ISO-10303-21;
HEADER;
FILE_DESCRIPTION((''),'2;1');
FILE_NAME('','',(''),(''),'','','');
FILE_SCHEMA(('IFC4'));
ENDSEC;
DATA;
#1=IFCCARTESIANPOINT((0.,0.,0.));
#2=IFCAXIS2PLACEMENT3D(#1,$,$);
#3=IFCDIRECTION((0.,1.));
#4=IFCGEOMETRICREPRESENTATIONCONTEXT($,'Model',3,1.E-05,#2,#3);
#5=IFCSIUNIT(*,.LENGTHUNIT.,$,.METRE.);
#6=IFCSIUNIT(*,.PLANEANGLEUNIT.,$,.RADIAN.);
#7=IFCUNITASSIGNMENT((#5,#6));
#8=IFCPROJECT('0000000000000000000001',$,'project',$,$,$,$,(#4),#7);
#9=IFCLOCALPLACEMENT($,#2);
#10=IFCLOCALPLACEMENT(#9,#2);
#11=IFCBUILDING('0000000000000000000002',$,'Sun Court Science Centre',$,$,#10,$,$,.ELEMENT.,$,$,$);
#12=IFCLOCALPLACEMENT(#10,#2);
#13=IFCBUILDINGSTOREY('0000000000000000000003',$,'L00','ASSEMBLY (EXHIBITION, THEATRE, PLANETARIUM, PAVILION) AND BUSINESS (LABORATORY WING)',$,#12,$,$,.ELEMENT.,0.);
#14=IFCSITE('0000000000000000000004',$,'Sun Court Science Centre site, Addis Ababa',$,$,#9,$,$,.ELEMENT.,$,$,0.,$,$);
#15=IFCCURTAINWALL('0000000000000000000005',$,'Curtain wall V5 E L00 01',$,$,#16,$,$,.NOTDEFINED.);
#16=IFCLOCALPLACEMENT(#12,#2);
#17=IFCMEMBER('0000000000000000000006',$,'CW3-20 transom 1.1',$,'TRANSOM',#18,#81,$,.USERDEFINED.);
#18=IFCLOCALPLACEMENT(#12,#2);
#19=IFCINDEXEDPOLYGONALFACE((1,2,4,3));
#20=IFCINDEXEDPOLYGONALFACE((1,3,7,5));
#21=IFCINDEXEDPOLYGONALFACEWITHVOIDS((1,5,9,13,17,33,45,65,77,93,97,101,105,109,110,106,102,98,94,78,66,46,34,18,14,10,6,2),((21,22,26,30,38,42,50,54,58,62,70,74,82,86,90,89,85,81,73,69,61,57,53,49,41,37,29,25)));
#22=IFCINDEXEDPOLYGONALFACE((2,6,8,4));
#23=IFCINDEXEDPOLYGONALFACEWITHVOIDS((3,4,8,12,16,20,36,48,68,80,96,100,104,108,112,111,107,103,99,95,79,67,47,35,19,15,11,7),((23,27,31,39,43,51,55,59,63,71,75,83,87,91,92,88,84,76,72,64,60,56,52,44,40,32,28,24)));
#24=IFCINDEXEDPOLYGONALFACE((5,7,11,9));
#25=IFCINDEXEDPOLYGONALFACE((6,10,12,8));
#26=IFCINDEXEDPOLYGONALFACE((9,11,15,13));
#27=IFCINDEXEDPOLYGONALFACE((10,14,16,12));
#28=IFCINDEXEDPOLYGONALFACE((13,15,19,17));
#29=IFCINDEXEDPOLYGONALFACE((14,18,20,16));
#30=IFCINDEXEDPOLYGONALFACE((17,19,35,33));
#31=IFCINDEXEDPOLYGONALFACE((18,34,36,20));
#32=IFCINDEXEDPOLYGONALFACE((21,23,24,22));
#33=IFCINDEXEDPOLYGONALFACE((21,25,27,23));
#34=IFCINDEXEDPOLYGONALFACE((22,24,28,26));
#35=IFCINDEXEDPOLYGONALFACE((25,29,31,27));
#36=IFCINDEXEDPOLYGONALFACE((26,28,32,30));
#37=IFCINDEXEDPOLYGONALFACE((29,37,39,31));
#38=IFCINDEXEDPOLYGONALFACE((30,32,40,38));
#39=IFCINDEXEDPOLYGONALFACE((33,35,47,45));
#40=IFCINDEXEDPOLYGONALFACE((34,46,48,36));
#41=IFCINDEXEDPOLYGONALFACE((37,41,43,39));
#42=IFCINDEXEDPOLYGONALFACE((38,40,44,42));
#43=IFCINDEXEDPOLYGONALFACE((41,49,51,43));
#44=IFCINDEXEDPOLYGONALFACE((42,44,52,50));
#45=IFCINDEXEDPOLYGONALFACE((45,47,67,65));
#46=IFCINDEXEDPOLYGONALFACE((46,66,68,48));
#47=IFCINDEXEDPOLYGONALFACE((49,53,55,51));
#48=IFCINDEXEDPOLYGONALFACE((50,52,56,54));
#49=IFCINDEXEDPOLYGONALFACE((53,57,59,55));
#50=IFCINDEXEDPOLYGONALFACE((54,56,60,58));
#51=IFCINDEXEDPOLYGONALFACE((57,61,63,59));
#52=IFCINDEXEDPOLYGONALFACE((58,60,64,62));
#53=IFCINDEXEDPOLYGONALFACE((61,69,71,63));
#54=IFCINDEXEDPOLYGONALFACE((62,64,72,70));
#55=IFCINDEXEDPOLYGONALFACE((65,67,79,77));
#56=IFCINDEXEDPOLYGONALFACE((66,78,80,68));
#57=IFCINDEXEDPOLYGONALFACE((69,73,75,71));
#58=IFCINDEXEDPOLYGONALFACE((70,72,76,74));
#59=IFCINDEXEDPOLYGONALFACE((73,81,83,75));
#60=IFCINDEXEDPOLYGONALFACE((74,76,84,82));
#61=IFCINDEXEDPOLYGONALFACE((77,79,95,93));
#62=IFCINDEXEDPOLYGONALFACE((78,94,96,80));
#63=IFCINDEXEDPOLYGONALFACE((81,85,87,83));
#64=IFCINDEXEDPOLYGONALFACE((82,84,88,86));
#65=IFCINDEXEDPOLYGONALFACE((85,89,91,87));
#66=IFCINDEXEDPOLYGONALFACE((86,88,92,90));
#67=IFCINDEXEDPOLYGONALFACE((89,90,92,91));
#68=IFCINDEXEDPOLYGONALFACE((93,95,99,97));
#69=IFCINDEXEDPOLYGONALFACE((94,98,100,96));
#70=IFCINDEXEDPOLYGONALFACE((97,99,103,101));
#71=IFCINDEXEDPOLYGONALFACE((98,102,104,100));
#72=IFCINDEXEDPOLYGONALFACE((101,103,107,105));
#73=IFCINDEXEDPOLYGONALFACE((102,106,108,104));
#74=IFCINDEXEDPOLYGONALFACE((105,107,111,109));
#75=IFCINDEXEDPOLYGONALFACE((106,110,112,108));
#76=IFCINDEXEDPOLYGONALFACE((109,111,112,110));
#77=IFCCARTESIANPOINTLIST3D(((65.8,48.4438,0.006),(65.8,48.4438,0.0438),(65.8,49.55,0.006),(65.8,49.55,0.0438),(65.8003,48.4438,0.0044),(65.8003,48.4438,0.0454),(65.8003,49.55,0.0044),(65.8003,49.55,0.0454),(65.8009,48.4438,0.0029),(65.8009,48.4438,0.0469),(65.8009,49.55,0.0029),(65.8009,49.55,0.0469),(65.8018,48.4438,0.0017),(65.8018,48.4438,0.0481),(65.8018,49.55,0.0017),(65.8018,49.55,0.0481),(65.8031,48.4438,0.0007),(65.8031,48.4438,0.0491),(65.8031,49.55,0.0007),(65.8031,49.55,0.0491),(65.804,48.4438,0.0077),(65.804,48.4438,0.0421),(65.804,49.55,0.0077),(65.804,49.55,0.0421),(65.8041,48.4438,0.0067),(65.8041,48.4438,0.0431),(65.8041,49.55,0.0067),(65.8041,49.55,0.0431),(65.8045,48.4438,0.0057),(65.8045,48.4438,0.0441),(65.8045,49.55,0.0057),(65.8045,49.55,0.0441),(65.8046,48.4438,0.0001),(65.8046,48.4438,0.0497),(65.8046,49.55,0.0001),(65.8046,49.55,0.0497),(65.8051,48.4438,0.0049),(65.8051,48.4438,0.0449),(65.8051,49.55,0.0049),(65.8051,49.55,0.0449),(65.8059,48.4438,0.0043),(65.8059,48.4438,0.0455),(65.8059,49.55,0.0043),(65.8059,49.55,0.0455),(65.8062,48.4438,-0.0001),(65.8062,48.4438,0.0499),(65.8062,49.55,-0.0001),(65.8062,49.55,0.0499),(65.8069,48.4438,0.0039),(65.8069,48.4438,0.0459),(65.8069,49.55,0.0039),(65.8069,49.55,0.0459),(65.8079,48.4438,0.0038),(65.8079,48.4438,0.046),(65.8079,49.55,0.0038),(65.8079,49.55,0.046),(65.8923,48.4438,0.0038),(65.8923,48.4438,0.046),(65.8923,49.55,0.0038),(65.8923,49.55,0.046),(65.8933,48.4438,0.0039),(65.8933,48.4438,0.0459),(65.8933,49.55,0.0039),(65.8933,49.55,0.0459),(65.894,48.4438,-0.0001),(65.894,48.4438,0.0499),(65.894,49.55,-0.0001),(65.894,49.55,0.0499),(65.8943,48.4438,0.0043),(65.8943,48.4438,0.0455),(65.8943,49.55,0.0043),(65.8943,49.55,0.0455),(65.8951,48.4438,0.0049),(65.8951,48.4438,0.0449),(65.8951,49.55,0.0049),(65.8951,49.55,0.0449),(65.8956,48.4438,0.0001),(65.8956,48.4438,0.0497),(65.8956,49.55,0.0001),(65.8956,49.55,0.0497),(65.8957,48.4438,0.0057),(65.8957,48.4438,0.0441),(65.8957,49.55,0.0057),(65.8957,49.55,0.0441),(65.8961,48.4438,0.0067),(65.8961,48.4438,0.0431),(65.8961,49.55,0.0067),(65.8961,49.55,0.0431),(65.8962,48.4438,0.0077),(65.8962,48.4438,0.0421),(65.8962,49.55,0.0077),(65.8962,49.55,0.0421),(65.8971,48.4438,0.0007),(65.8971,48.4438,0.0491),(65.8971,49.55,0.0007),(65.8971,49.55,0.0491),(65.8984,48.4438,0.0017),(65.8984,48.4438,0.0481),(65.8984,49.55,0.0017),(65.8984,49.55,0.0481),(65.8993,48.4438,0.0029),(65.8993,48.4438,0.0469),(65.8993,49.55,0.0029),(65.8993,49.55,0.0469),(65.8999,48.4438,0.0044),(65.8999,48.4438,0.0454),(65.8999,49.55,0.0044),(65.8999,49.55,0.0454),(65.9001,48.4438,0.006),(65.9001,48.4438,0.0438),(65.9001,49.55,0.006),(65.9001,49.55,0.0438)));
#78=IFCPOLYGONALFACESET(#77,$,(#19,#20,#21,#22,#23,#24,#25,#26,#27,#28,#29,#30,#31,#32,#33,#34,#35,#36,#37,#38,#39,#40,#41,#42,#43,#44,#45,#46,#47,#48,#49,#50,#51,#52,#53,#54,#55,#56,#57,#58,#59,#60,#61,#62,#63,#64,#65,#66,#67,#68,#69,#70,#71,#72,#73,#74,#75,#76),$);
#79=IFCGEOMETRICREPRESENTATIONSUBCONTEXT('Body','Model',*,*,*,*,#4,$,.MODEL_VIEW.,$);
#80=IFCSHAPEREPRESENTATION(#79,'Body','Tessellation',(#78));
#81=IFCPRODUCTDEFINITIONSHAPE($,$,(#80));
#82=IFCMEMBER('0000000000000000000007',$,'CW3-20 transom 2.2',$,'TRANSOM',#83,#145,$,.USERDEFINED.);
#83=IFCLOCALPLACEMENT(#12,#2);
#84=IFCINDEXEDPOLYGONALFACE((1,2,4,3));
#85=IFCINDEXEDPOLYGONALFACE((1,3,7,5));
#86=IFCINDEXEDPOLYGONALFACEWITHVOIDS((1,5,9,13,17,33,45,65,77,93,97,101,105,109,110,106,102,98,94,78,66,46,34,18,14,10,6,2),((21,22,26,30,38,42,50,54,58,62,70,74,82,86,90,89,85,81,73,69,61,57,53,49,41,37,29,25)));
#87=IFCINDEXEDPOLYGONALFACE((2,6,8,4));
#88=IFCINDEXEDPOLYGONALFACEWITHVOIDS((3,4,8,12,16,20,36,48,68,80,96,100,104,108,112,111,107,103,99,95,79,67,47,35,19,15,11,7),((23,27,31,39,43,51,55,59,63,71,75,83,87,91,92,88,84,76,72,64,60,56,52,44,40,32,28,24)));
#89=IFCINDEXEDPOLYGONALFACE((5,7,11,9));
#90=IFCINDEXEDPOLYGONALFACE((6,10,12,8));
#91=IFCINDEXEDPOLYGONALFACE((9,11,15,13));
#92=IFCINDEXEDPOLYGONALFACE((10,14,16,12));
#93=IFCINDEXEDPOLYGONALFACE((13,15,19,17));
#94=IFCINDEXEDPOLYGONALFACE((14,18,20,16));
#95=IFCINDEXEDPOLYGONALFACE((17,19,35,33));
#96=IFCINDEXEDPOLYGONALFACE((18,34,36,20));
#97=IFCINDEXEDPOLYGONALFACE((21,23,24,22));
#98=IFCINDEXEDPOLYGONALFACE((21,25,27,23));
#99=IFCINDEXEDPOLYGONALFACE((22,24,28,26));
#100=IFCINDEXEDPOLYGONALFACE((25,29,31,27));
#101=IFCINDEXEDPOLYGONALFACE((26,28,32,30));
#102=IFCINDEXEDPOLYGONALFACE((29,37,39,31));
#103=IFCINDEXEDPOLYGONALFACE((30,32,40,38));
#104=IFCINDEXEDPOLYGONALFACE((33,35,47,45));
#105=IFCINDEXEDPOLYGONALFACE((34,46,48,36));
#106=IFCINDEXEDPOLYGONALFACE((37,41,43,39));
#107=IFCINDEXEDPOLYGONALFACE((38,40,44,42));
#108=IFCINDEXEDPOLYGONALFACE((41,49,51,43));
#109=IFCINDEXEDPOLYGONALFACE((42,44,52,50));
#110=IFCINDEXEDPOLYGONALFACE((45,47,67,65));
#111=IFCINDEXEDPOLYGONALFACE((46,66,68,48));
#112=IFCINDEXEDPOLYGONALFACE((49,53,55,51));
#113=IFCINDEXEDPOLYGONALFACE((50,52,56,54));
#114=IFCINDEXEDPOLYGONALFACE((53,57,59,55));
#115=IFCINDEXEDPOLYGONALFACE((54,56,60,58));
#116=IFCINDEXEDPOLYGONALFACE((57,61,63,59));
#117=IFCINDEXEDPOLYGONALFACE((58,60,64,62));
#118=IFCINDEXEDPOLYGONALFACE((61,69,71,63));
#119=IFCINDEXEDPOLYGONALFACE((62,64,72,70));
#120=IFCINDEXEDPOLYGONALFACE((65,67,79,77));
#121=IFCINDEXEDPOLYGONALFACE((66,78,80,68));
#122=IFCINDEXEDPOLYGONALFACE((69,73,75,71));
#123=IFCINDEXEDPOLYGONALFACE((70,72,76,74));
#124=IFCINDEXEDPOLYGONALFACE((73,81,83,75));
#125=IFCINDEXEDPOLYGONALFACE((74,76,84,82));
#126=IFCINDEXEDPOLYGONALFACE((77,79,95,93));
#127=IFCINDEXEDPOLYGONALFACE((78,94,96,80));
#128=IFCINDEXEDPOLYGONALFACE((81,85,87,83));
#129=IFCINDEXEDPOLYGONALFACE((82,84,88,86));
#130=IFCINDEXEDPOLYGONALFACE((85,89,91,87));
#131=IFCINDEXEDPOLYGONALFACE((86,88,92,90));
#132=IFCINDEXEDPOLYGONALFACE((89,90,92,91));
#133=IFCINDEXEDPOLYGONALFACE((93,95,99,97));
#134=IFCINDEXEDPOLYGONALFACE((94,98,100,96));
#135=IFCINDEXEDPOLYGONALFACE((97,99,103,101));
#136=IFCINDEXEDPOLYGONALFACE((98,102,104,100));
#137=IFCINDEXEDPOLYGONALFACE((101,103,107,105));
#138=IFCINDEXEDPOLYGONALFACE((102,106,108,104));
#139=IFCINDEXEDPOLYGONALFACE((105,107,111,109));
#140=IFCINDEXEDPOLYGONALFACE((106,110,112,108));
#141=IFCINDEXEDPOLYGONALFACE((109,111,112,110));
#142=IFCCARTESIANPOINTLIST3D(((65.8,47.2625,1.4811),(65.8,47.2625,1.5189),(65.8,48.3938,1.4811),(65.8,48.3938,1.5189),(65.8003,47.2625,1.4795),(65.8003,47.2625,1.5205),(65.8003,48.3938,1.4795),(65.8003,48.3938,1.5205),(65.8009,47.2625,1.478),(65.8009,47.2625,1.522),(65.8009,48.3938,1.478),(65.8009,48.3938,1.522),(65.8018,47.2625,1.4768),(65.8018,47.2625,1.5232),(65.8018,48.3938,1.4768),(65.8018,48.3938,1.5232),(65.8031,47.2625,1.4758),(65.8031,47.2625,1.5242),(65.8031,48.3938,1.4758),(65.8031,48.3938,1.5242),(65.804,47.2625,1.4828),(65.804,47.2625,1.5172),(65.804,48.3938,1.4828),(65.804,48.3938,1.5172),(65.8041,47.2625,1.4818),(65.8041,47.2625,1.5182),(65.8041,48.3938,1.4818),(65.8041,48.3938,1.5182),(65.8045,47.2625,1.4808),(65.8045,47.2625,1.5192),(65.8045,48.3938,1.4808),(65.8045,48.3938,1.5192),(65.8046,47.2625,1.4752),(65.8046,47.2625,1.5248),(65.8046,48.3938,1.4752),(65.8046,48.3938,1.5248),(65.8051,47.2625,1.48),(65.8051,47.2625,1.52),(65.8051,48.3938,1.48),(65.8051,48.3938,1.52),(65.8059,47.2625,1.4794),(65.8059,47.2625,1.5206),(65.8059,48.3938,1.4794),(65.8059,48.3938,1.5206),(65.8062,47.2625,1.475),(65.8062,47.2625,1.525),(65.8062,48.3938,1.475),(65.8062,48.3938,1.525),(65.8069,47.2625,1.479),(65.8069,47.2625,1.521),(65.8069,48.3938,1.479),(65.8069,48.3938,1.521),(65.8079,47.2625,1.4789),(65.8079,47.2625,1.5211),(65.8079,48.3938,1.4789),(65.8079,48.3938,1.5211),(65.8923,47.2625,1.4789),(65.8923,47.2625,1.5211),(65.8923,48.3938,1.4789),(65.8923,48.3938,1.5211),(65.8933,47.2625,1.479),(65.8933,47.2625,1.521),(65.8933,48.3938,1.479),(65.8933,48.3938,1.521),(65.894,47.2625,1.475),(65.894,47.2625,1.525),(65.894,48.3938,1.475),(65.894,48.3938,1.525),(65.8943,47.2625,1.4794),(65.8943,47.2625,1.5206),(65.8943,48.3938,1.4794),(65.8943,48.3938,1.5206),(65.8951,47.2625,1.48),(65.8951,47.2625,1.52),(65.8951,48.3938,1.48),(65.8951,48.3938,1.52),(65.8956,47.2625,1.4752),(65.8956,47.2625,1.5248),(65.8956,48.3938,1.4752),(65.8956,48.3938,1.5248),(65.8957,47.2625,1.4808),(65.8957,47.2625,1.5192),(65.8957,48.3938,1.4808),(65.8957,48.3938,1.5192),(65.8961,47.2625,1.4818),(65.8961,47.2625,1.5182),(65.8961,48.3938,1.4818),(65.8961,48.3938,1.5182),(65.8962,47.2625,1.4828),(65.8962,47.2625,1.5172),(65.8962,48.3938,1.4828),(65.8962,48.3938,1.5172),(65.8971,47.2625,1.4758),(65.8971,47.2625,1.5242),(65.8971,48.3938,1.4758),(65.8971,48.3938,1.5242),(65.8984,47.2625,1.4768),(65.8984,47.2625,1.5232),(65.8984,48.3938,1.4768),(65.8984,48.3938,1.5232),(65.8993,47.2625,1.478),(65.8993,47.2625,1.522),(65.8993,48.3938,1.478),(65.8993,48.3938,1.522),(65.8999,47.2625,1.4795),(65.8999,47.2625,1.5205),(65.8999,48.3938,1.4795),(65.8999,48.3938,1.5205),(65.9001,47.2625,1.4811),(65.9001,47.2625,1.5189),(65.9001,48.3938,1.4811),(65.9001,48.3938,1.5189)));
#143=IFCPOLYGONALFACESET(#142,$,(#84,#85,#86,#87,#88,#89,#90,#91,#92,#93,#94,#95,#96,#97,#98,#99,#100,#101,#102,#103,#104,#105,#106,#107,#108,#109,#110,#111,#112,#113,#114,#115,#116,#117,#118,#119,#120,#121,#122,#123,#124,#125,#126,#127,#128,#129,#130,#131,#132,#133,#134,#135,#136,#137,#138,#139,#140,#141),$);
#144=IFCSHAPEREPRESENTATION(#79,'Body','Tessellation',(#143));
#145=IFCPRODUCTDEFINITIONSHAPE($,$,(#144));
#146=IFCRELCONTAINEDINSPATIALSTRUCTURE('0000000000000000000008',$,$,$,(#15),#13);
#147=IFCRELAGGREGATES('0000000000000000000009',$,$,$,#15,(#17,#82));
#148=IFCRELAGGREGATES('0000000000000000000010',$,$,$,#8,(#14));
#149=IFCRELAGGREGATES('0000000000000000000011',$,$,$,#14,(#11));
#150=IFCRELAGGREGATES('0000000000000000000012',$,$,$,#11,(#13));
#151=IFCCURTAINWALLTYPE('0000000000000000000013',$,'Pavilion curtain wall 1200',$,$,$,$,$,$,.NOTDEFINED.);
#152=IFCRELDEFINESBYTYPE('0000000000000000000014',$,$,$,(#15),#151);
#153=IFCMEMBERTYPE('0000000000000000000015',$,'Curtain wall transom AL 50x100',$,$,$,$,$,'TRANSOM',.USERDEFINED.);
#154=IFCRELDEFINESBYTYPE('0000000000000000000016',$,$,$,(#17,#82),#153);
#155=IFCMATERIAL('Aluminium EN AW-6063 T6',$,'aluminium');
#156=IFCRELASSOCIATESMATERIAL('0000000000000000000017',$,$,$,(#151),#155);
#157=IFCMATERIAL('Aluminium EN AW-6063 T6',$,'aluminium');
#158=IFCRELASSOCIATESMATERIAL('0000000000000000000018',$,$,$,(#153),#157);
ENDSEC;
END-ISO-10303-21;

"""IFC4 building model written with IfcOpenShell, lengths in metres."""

from ifc_helpers import new_model, si_unit, direction, frame, origin, origin_2d, place, context, subcontext, project, spatial, hollow_rectangle, extrude, material, material_profile, profile_set, type_object, element, aggregate, save


model = new_model("IFC4")

# Units and contexts
model_context = context("Model", 3, precision=1e-05, world=origin(), true_north=direction((0.0, 1.0)))
body_context = subcontext(model_context, "Body", "Model", "MODEL_VIEW")
ifc_project = project(units=[si_unit("LENGTHUNIT", "METRE"), si_unit("PLANEANGLEUNIT", "RADIAN")], contexts=[model_context])

# Site, building, storey
site_placement = place(None, origin())
site = spatial("IfcSite", under=ifc_project, at=site_placement, Name="Sun Court Science Centre site, Addis Ababa", CompositionType="ELEMENT", RefElevation=0.0)
building_placement = place(site_placement, origin())
building = spatial("IfcBuilding", under=site, at=building_placement, Name="Sun Court Science Centre", CompositionType="ELEMENT")
storey_placement = place(building_placement, origin())
storey = spatial("IfcBuildingStorey", under=building, at=storey_placement, Name="L00", Description="ASSEMBLY (EXHIBITION, THEATRE, PLANETARIUM, PAVILION) AND BUSINESS (LABORATORY WING)", CompositionType="ELEMENT", Elevation=0.0)

# Curtain wall
ifc_material_1 = material(Name="Aluminium EN AW-6063 T6", Category="aluminium")
curtain_wall_type_1 = type_object("IfcCurtainWallType", Name="Pavilion curtain wall 1200", PredefinedType="NOTDEFINED", material=ifc_material_1)
curtain_wall_1_placement = place(storey_placement, origin())
curtain_wall_1 = element("IfcCurtainWall", 1, at=curtain_wall_1_placement, inside=storey, type_object=curtain_wall_type_1, Name="Curtain wall V5 E L00 01", PredefinedType="NOTDEFINED")

# Members
ifc_material_2 = material(Name="Aluminium EN AW-6063 T6", Category="aluminium")
ifc_material_profile_1 = material_profile(ifc_material_2, hollow_rectangle(XDim=0.05, YDim=0.1001, WallThickness=0.0039, InnerFilletRadius=0.0039, OuterFilletRadius=0.0061, at=origin_2d()), Name="AL 50x100x4")
ifc_profile_set_1 = profile_set([ifc_material_profile_1], Name="Aluminium EN AW-6063 T6")
member_type_1 = type_object("IfcMemberType", Name="Curtain wall transom AL 50x100", ElementType="TRANSOM", PredefinedType="USERDEFINED", material=ifc_profile_set_1)
member_1_placement = place(storey_placement, frame((65.8501, 49.55, 0.0249), z_axis=(0.0, -1.0, 0.0), x_axis=(0.0, 0.0, 1.0)))
member_1 = element("IfcMember", 2, at=member_1_placement, type_object=member_type_1, Name="CW3-20 transom 1.1", ObjectType="TRANSOM", PredefinedType="USERDEFINED", context=body_context, shape_type="SweptSolid", body=[
    extrude(hollow_rectangle(XDim=0.05, YDim=0.1001, WallThickness=0.0039, InnerFilletRadius=0.0039, OuterFilletRadius=0.0061, at=origin_2d()), origin(), (0.0, 0.0, 1.0), 1.1062),
])
member_2_placement = place(storey_placement, frame((65.8501, 48.3938, 1.5), z_axis=(0.0, -1.0, 0.0), x_axis=(0.0, 0.0, 1.0)))
member_2 = element("IfcMember", 3, at=member_2_placement, type_object=member_type_1, Name="CW3-20 transom 2.2", ObjectType="TRANSOM", PredefinedType="USERDEFINED", context=body_context, shape_type="SweptSolid", body=[
    extrude(hollow_rectangle(XDim=0.05, YDim=0.1001, WallThickness=0.0039, InnerFilletRadius=0.0039, OuterFilletRadius=0.0061, at=origin_2d()), origin(), (0.0, 0.0, 1.0), 1.1313),
])

aggregate(curtain_wall_1, [member_1, member_2])

save(model, "model.ifc")
